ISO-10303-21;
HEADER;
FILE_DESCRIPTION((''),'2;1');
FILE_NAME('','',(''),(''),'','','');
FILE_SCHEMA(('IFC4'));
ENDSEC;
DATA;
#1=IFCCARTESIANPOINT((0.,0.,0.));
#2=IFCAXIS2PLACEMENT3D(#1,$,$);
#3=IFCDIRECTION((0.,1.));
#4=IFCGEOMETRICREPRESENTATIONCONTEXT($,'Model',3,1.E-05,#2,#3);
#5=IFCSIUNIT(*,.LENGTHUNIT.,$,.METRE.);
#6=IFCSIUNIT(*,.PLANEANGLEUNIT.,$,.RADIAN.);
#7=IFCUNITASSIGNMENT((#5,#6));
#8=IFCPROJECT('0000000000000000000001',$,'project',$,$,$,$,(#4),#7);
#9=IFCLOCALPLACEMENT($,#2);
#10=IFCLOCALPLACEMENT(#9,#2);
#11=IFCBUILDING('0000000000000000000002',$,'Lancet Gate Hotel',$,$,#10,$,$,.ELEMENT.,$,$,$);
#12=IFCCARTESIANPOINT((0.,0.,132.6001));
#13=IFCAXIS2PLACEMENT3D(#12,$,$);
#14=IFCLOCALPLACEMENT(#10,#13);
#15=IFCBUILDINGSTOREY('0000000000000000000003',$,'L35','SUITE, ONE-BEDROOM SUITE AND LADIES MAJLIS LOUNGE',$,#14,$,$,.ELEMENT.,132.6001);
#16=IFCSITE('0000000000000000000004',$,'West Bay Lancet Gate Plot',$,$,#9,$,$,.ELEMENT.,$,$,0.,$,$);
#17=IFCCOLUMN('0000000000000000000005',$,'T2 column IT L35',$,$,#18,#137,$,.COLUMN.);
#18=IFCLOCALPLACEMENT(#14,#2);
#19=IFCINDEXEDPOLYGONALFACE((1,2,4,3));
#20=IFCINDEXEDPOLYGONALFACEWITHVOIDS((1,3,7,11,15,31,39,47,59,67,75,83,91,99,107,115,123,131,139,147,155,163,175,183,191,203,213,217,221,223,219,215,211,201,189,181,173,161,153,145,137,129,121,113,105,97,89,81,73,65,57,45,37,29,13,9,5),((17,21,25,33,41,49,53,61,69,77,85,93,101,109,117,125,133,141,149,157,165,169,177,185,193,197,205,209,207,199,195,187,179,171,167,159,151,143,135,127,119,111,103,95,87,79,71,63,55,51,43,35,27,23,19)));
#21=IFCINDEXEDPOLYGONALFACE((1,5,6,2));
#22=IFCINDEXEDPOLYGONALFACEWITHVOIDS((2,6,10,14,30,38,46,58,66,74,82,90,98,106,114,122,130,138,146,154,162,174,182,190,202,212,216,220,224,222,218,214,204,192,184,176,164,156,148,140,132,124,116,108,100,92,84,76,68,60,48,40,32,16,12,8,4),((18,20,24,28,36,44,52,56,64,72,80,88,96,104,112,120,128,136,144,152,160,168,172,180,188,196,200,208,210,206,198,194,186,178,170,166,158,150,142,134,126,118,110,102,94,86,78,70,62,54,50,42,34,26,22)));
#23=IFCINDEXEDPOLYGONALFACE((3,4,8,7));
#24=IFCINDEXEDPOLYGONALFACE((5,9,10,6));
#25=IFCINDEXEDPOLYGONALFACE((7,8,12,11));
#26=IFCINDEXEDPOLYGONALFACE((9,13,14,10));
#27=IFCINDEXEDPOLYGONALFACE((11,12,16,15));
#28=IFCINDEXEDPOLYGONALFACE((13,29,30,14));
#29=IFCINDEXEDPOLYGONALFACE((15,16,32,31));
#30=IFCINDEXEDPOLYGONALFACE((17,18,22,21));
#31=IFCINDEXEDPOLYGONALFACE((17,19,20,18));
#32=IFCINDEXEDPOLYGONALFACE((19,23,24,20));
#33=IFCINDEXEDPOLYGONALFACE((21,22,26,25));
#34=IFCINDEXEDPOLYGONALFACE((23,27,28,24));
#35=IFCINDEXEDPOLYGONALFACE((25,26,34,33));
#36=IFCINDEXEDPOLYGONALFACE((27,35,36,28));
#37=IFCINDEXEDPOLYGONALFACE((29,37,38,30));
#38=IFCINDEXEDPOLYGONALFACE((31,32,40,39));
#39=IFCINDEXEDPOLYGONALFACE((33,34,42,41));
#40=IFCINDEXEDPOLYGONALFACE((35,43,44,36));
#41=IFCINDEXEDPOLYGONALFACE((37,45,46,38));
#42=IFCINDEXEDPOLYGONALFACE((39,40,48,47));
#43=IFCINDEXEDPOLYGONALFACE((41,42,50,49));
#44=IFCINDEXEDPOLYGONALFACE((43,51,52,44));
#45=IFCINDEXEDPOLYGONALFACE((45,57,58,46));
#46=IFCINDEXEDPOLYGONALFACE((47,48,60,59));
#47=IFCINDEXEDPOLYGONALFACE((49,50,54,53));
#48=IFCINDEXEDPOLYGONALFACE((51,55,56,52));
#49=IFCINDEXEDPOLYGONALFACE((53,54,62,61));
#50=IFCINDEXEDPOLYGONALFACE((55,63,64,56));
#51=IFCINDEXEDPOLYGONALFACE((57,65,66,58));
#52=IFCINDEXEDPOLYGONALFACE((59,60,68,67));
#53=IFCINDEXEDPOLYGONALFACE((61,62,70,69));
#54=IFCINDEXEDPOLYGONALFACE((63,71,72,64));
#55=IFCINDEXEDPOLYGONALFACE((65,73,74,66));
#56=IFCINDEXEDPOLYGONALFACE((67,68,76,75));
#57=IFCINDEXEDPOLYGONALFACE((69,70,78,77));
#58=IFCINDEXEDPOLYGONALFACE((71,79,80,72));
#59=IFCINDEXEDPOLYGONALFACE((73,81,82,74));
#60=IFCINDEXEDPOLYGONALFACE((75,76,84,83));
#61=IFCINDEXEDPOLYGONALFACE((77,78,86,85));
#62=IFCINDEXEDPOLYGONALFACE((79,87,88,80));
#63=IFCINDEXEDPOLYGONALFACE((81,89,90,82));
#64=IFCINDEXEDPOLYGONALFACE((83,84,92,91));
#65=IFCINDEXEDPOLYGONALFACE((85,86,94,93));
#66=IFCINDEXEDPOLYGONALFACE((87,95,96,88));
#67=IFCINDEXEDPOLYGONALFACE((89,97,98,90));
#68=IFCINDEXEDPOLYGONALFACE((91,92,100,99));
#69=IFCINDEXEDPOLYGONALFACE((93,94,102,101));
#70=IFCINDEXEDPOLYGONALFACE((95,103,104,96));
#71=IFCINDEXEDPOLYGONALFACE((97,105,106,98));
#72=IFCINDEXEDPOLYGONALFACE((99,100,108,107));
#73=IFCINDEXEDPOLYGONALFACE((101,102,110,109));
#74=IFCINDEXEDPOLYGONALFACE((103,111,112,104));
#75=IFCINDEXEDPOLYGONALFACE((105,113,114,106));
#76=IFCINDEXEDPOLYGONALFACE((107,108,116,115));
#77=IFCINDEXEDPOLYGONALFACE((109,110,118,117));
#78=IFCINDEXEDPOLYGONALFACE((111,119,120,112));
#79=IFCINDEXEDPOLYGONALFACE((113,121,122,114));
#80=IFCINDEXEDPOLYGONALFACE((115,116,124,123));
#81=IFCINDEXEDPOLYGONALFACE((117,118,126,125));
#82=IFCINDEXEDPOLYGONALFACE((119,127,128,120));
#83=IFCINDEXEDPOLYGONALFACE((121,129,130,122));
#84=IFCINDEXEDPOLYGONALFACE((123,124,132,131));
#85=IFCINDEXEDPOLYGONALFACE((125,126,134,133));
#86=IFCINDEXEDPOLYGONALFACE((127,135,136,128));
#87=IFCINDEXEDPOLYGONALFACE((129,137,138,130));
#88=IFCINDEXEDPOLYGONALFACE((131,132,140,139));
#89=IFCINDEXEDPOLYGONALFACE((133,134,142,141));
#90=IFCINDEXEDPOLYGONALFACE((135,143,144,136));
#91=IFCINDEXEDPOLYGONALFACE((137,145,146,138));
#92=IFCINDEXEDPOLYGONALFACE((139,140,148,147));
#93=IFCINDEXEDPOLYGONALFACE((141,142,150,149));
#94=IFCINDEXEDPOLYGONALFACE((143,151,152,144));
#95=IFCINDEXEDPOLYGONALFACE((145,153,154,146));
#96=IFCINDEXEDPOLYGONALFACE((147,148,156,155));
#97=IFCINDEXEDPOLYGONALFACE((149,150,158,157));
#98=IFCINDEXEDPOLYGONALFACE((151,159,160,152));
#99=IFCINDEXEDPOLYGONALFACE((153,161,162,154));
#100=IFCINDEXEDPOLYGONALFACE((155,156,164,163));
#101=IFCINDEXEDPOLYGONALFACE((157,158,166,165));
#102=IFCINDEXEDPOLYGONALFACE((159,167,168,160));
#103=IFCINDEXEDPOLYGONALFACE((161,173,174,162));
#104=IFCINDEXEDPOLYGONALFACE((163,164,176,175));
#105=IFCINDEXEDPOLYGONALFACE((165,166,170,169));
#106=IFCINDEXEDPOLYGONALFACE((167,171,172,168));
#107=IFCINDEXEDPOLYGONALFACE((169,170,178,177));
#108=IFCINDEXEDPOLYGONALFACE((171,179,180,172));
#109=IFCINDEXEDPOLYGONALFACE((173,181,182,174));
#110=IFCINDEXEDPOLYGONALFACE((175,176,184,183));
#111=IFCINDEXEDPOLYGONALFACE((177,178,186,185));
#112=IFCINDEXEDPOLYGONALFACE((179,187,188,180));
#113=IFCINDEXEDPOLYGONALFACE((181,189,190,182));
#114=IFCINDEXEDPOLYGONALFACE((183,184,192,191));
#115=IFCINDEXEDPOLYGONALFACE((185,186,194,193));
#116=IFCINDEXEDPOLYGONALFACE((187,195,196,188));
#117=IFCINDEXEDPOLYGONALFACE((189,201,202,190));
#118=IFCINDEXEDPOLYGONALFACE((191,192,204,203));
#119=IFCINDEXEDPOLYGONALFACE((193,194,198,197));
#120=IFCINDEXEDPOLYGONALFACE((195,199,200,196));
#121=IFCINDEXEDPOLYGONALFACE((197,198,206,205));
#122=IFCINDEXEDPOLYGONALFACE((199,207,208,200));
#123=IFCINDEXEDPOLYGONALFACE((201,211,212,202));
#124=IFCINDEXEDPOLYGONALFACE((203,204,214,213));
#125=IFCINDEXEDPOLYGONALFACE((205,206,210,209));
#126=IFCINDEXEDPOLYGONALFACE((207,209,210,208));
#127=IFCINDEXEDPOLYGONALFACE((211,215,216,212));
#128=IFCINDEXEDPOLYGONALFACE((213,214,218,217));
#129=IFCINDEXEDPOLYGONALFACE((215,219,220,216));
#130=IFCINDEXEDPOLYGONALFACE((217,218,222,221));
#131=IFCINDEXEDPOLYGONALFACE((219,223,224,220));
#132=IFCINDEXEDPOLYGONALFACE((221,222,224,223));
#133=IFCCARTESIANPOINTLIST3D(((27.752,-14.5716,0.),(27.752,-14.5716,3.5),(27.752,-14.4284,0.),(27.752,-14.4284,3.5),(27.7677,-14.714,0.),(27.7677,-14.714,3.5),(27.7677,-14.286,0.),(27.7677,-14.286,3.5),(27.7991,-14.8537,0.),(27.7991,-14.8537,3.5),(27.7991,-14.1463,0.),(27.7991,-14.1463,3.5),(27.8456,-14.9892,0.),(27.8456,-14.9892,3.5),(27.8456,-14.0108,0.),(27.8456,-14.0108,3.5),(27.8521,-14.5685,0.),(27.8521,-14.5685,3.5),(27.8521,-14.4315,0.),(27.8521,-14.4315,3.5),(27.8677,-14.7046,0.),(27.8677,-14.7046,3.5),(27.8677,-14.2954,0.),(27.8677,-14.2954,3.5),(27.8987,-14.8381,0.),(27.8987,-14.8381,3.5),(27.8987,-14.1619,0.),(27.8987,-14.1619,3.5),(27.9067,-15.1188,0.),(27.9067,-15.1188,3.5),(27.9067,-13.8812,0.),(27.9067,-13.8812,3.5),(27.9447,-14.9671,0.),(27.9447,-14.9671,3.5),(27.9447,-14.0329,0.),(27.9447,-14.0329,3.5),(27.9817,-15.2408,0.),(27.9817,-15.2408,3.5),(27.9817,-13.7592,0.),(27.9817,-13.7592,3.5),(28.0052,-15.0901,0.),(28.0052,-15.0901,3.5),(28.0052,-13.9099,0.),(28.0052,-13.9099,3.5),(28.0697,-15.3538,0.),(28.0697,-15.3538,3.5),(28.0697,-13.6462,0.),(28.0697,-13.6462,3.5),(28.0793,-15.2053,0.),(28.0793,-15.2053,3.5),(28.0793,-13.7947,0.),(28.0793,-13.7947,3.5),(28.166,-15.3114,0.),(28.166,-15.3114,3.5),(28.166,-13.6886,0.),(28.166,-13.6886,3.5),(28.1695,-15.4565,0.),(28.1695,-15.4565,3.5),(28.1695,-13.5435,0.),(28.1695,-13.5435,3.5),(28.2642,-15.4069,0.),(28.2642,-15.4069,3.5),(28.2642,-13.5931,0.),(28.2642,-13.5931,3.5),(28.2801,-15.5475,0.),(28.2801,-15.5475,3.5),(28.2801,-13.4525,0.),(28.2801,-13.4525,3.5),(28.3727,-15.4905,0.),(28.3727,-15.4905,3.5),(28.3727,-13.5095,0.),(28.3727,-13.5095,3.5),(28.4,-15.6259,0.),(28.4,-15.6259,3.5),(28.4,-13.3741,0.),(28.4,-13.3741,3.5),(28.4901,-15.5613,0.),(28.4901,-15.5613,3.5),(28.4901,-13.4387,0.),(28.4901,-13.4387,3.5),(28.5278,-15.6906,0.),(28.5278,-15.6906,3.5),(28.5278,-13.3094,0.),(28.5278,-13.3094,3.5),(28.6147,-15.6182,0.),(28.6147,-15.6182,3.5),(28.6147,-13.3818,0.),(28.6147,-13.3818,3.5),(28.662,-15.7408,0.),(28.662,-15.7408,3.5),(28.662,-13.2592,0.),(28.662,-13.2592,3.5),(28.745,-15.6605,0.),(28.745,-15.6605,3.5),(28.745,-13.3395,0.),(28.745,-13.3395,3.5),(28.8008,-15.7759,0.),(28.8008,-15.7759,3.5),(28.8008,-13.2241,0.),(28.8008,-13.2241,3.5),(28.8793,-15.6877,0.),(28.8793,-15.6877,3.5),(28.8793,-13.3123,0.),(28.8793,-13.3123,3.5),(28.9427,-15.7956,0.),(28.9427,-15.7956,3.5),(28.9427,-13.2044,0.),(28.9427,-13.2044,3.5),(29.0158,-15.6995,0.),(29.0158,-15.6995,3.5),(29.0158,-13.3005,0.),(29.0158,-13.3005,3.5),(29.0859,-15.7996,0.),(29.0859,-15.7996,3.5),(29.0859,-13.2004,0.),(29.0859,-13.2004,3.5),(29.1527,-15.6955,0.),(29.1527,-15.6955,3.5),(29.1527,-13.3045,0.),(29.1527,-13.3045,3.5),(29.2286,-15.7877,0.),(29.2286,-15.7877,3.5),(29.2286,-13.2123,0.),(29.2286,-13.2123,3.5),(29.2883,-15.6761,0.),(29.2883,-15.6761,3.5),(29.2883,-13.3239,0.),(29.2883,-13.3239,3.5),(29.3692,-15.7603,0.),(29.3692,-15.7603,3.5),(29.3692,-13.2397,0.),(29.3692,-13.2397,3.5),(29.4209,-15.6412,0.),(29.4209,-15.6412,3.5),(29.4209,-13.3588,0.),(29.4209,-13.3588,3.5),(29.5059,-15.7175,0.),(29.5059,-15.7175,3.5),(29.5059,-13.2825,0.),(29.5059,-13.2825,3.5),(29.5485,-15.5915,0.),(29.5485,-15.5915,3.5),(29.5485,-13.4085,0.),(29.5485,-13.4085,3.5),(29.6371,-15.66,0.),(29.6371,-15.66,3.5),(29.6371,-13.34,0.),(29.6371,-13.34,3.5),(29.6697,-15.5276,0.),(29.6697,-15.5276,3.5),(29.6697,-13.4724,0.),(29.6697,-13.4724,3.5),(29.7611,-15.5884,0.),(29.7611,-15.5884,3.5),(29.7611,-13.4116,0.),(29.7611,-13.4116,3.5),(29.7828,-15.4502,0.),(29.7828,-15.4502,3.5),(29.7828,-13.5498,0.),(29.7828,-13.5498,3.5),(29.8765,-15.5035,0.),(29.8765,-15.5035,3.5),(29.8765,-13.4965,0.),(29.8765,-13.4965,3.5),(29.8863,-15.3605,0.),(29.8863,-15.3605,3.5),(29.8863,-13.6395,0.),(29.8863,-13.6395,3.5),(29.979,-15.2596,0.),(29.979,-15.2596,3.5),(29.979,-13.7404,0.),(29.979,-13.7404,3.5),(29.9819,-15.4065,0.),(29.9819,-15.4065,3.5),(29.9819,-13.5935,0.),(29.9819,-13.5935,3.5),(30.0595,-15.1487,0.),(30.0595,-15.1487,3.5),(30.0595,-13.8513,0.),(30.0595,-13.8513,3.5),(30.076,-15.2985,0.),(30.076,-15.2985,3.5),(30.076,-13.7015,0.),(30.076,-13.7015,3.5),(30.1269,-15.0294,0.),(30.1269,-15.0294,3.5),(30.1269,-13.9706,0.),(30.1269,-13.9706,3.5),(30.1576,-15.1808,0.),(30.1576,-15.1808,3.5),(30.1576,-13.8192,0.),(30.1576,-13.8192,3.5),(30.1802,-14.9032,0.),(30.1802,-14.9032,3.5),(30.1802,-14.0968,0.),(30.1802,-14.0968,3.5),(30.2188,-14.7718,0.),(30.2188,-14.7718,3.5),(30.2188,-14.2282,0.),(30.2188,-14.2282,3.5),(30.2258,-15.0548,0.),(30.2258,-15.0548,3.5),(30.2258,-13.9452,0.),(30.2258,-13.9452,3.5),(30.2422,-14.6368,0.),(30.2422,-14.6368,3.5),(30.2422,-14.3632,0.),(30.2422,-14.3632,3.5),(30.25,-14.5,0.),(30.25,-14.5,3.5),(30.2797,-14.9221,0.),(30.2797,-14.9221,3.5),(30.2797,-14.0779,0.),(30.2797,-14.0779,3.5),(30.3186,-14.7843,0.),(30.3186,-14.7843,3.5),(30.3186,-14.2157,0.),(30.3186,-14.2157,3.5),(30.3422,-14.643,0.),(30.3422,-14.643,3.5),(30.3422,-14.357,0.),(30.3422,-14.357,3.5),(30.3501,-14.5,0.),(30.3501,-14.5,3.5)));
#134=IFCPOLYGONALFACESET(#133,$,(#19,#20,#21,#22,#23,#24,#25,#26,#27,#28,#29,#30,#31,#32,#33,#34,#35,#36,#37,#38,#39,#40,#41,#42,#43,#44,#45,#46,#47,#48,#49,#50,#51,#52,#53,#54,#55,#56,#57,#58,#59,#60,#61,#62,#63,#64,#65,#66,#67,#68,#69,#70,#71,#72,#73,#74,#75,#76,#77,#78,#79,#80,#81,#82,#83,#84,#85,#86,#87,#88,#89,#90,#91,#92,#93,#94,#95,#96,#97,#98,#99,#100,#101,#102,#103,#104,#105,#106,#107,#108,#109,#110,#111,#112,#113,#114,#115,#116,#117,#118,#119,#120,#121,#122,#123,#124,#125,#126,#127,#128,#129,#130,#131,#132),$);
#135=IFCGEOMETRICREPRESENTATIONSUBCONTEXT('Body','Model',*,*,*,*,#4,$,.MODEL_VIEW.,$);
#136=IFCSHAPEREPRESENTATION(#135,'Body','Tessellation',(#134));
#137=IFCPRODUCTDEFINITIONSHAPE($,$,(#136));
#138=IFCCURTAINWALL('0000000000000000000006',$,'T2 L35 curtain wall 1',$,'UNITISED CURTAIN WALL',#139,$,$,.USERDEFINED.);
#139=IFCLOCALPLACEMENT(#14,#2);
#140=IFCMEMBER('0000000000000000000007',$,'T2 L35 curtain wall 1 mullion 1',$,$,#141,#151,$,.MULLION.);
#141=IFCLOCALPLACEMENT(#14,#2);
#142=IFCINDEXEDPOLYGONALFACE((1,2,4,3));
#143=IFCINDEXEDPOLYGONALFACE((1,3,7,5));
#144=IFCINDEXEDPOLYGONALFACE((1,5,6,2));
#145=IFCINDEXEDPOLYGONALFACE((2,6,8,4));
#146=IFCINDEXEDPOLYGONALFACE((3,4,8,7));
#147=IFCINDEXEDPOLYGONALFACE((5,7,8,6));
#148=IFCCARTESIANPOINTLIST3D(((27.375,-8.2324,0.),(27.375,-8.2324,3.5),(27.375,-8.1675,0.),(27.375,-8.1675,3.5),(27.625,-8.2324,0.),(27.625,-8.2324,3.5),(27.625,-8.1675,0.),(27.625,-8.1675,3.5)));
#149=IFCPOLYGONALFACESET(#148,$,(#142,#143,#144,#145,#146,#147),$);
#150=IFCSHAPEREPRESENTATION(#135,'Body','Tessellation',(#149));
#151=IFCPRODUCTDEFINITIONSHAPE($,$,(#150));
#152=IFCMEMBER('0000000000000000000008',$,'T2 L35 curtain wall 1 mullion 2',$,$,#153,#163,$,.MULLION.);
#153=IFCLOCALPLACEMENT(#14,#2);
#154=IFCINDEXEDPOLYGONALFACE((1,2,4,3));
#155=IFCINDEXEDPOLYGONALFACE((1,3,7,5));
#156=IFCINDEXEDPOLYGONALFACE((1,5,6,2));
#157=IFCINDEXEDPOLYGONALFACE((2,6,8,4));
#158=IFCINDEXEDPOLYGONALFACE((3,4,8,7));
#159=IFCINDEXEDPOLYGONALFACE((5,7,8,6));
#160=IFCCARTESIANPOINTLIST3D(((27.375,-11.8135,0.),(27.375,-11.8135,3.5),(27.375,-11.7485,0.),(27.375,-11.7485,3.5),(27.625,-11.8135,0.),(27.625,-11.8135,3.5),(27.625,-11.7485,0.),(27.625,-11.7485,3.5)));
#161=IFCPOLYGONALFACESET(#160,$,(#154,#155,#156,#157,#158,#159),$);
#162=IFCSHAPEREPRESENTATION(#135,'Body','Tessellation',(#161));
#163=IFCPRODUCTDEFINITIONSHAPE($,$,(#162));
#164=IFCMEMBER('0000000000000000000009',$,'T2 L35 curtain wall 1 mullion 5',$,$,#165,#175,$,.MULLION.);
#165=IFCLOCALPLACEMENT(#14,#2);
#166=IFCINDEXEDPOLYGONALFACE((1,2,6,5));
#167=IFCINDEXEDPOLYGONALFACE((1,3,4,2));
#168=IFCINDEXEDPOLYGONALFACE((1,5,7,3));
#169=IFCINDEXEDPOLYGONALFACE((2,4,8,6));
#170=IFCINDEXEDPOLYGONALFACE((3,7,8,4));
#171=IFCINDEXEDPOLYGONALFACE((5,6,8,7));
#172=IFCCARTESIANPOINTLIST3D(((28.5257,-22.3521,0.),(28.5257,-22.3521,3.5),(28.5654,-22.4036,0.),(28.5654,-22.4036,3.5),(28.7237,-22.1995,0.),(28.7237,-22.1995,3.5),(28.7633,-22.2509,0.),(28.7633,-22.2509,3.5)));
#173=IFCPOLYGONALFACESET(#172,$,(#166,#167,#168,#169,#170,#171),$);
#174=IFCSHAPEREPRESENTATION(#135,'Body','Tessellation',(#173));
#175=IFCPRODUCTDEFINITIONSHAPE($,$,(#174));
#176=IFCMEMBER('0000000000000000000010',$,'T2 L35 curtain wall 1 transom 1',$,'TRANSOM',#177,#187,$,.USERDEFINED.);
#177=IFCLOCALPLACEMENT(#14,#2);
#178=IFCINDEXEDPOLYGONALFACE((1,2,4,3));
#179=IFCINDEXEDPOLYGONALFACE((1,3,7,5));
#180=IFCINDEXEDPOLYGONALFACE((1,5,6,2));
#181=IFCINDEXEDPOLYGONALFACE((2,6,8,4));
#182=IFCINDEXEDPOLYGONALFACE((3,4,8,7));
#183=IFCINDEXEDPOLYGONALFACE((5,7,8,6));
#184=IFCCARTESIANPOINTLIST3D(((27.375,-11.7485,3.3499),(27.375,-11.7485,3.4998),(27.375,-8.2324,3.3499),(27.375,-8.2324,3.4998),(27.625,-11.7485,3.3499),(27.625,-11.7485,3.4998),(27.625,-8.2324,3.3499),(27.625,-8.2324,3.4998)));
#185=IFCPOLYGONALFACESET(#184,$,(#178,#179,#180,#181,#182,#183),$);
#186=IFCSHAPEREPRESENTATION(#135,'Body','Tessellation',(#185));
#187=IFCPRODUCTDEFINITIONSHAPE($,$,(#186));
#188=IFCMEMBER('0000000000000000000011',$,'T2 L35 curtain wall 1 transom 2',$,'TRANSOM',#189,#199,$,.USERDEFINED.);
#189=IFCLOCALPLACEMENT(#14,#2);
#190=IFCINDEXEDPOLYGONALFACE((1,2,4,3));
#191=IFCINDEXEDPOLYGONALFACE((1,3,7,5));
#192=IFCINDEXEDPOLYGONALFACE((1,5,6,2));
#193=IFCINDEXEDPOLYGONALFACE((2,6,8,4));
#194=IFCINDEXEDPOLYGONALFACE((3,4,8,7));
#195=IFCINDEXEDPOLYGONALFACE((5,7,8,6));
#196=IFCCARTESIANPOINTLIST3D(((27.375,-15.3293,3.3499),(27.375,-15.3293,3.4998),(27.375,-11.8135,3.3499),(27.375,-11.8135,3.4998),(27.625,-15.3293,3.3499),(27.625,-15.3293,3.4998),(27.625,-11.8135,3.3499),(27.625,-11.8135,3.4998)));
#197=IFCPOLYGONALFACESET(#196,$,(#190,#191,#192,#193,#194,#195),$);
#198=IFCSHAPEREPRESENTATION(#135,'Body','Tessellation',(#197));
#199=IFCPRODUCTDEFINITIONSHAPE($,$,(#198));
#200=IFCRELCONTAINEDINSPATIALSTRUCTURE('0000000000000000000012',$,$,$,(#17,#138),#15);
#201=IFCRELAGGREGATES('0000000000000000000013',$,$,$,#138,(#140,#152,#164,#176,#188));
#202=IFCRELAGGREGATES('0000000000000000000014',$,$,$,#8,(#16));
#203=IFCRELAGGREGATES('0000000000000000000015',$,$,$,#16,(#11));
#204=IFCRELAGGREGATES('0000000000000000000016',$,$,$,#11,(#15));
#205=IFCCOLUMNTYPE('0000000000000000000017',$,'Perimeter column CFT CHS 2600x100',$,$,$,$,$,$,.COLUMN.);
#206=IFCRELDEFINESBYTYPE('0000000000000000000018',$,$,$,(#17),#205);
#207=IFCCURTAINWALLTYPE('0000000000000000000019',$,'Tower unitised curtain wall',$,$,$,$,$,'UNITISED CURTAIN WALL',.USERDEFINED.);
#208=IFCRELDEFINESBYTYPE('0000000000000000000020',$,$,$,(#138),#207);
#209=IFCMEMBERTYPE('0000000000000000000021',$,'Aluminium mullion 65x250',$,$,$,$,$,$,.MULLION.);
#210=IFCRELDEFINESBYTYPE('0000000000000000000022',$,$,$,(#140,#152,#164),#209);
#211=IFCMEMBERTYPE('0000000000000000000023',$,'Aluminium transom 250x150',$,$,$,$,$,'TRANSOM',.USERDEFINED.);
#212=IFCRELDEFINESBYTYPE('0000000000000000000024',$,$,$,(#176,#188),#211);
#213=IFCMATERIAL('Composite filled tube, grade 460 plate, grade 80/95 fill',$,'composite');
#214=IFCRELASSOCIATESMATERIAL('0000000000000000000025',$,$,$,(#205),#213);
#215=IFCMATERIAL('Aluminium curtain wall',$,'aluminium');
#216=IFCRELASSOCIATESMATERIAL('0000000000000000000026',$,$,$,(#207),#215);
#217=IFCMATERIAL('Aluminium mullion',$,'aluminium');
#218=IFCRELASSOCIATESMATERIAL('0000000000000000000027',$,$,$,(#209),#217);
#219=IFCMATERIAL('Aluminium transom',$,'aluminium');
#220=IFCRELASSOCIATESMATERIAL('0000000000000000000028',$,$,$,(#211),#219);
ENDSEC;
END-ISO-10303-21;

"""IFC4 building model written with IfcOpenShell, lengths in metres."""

from ifc_helpers import new_model, si_unit, direction, frame, origin, origin_2d, place, context, subcontext, project, spatial, rectangle, hollow_circle, extrude, material, material_profile, profile_set, type_object, element, aggregate, save


model = new_model("IFC4")

# Units and contexts
model_context = context("Model", 3, precision=1e-05, world=origin(), true_north=direction((0.0, 1.0)))
body_context = subcontext(model_context, "Body", "Model", "MODEL_VIEW")
ifc_project = project(units=[si_unit("LENGTHUNIT", "METRE"), si_unit("PLANEANGLEUNIT", "RADIAN")], contexts=[model_context])

# Site, building, storey
site_placement = place(None, origin())
site = spatial("IfcSite", under=ifc_project, at=site_placement, Name="West Bay Lancet Gate Plot", CompositionType="ELEMENT", RefElevation=0.0)
building_placement = place(site_placement, origin())
building = spatial("IfcBuilding", under=site, at=building_placement, Name="Lancet Gate Hotel", CompositionType="ELEMENT")
storey_placement = place(building_placement, frame((0.0, 0.0, 132.6001)))
storey = spatial("IfcBuildingStorey", under=building, at=storey_placement, Name="L35", Description="SUITE, ONE-BEDROOM SUITE AND LADIES MAJLIS LOUNGE", CompositionType="ELEMENT", Elevation=132.6001)

# Column
ifc_material_1 = material(Name="Composite filled tube, grade 460 plate, grade 80/95 fill", Category="composite")
ifc_material_profile_1 = material_profile(ifc_material_1, hollow_circle(Radius=1.3, WallThickness=0.1001, at=origin_2d()), Name="CHS 2600x100")
ifc_profile_set_1 = profile_set([ifc_material_profile_1], Name="Composite filled tube, grade 460 plate, grade 80/95 fill")
column_type = type_object("IfcColumnType", Name="Perimeter column CFT CHS 2600x100", PredefinedType="COLUMN", material=ifc_profile_set_1)
column_placement = place(storey_placement, frame((29.05, -14.5, 0.0), z_axis=(0.0, 0.0, 1.0), x_axis=(1.0, 0.0, 0.0)))
element("IfcColumn", 1, at=column_placement, inside=storey, type_object=column_type, Name="T2 column IT L35", PredefinedType="COLUMN", context=body_context, shape_type="SweptSolid", body=[
    extrude(hollow_circle(Radius=1.3, WallThickness=0.1001, at=origin_2d()), origin(), (0.0, 0.0, 1.0), 3.5),
])

# Curtain wall, members
ifc_material_2 = material(Name="Aluminium curtain wall", Category="aluminium")
curtain_wall_type = type_object("IfcCurtainWallType", Name="Tower unitised curtain wall", ElementType="UNITISED CURTAIN WALL", PredefinedType="USERDEFINED", material=ifc_material_2)
curtain_wall_placement = place(storey_placement, origin())
curtain_wall = element("IfcCurtainWall", 2, at=curtain_wall_placement, inside=storey, type_object=curtain_wall_type, Name="T2 L35 curtain wall 1", ObjectType="UNITISED CURTAIN WALL", PredefinedType="USERDEFINED")
ifc_material_3 = material(Name="Aluminium mullion", Category="aluminium")
ifc_material_profile_2 = material_profile(ifc_material_3, rectangle(XDim=0.0649, YDim=0.25, at=origin_2d()), Name="MULLION 65x250")
ifc_profile_set_2 = profile_set([ifc_material_profile_2], Name="Aluminium mullion")
member_type_1 = type_object("IfcMemberType", Name="Aluminium mullion 65x250", PredefinedType="MULLION", material=ifc_profile_set_2)
member_1_placement = place(storey_placement, frame((27.5, -8.2, 0.0), z_axis=(0.0, 0.0, 1.0), x_axis=(0.0, -1.0, 0.0)))
member_1 = element("IfcMember", 3, at=member_1_placement, type_object=member_type_1, Name="T2 L35 curtain wall 1 mullion 1", PredefinedType="MULLION", context=body_context, shape_type="SweptSolid", body=[
    extrude(rectangle(XDim=0.0649, YDim=0.25, at=origin_2d()), origin(), (0.0, 0.0, 1.0), 3.5),
])
member_2_placement = place(storey_placement, frame((27.5, -11.781, 0.0), z_axis=(0.0, 0.0, 1.0), x_axis=(0.0, -1.0, 0.0)))
member_2 = element("IfcMember", 4, at=member_2_placement, type_object=member_type_1, Name="T2 L35 curtain wall 1 mullion 2", PredefinedType="MULLION", context=body_context, shape_type="SweptSolid", body=[
    extrude(rectangle(XDim=0.0649, YDim=0.25, at=origin_2d()), origin(), (0.0, 0.0, 1.0), 3.5),
])
member_3_placement = place(storey_placement, frame((28.6445, -22.3015, 0.0), z_axis=(0.0, 0.0, 1.0), x_axis=(0.610664, -0.79189, 0.0)))
member_3 = element("IfcMember", 5, at=member_3_placement, type_object=member_type_1, Name="T2 L35 curtain wall 1 mullion 5", PredefinedType="MULLION", context=body_context, shape_type="SweptSolid", body=[
    extrude(rectangle(XDim=0.0649, YDim=0.25, at=origin_2d()), origin(), (0.0, 0.0, 1.0), 3.5),
])
ifc_material_4 = material(Name="Aluminium transom", Category="aluminium")
ifc_material_profile_3 = material_profile(ifc_material_4, rectangle(XDim=0.25, YDim=0.1499, at=origin_2d()), Name="TRANSOM 250x150")
ifc_profile_set_3 = profile_set([ifc_material_profile_3], Name="Aluminium transom")
member_type_2 = type_object("IfcMemberType", Name="Aluminium transom 250x150", ElementType="TRANSOM", PredefinedType="USERDEFINED", material=ifc_profile_set_3)
member_4_placement = place(storey_placement, frame((27.5, -8.2324, 3.4248), z_axis=(0.0, -1.0, 0.0), x_axis=(1.0, 0.0, 0.0)))
member_4 = element("IfcMember", 6, at=member_4_placement, type_object=member_type_2, Name="T2 L35 curtain wall 1 transom 1", ObjectType="TRANSOM", PredefinedType="USERDEFINED", context=body_context, shape_type="SweptSolid", body=[
    extrude(rectangle(XDim=0.25, YDim=0.1499, at=origin_2d()), origin(), (0.0, 0.0, 1.0), 3.5161),
])
member_5_placement = place(storey_placement, frame((27.5, -11.8135, 3.4248), z_axis=(0.0, -1.0, 0.0), x_axis=(1.0, 0.0, 0.0)))
member_5 = element("IfcMember", 7, at=member_5_placement, type_object=member_type_2, Name="T2 L35 curtain wall 1 transom 2", ObjectType="TRANSOM", PredefinedType="USERDEFINED", context=body_context, shape_type="SweptSolid", body=[
    extrude(rectangle(XDim=0.25, YDim=0.1499, at=origin_2d()), origin(), (0.0, 0.0, 1.0), 3.5159),
])

aggregate(curtain_wall, [member_1, member_2, member_3, member_4, member_5])

save(model, "model.ifc")
